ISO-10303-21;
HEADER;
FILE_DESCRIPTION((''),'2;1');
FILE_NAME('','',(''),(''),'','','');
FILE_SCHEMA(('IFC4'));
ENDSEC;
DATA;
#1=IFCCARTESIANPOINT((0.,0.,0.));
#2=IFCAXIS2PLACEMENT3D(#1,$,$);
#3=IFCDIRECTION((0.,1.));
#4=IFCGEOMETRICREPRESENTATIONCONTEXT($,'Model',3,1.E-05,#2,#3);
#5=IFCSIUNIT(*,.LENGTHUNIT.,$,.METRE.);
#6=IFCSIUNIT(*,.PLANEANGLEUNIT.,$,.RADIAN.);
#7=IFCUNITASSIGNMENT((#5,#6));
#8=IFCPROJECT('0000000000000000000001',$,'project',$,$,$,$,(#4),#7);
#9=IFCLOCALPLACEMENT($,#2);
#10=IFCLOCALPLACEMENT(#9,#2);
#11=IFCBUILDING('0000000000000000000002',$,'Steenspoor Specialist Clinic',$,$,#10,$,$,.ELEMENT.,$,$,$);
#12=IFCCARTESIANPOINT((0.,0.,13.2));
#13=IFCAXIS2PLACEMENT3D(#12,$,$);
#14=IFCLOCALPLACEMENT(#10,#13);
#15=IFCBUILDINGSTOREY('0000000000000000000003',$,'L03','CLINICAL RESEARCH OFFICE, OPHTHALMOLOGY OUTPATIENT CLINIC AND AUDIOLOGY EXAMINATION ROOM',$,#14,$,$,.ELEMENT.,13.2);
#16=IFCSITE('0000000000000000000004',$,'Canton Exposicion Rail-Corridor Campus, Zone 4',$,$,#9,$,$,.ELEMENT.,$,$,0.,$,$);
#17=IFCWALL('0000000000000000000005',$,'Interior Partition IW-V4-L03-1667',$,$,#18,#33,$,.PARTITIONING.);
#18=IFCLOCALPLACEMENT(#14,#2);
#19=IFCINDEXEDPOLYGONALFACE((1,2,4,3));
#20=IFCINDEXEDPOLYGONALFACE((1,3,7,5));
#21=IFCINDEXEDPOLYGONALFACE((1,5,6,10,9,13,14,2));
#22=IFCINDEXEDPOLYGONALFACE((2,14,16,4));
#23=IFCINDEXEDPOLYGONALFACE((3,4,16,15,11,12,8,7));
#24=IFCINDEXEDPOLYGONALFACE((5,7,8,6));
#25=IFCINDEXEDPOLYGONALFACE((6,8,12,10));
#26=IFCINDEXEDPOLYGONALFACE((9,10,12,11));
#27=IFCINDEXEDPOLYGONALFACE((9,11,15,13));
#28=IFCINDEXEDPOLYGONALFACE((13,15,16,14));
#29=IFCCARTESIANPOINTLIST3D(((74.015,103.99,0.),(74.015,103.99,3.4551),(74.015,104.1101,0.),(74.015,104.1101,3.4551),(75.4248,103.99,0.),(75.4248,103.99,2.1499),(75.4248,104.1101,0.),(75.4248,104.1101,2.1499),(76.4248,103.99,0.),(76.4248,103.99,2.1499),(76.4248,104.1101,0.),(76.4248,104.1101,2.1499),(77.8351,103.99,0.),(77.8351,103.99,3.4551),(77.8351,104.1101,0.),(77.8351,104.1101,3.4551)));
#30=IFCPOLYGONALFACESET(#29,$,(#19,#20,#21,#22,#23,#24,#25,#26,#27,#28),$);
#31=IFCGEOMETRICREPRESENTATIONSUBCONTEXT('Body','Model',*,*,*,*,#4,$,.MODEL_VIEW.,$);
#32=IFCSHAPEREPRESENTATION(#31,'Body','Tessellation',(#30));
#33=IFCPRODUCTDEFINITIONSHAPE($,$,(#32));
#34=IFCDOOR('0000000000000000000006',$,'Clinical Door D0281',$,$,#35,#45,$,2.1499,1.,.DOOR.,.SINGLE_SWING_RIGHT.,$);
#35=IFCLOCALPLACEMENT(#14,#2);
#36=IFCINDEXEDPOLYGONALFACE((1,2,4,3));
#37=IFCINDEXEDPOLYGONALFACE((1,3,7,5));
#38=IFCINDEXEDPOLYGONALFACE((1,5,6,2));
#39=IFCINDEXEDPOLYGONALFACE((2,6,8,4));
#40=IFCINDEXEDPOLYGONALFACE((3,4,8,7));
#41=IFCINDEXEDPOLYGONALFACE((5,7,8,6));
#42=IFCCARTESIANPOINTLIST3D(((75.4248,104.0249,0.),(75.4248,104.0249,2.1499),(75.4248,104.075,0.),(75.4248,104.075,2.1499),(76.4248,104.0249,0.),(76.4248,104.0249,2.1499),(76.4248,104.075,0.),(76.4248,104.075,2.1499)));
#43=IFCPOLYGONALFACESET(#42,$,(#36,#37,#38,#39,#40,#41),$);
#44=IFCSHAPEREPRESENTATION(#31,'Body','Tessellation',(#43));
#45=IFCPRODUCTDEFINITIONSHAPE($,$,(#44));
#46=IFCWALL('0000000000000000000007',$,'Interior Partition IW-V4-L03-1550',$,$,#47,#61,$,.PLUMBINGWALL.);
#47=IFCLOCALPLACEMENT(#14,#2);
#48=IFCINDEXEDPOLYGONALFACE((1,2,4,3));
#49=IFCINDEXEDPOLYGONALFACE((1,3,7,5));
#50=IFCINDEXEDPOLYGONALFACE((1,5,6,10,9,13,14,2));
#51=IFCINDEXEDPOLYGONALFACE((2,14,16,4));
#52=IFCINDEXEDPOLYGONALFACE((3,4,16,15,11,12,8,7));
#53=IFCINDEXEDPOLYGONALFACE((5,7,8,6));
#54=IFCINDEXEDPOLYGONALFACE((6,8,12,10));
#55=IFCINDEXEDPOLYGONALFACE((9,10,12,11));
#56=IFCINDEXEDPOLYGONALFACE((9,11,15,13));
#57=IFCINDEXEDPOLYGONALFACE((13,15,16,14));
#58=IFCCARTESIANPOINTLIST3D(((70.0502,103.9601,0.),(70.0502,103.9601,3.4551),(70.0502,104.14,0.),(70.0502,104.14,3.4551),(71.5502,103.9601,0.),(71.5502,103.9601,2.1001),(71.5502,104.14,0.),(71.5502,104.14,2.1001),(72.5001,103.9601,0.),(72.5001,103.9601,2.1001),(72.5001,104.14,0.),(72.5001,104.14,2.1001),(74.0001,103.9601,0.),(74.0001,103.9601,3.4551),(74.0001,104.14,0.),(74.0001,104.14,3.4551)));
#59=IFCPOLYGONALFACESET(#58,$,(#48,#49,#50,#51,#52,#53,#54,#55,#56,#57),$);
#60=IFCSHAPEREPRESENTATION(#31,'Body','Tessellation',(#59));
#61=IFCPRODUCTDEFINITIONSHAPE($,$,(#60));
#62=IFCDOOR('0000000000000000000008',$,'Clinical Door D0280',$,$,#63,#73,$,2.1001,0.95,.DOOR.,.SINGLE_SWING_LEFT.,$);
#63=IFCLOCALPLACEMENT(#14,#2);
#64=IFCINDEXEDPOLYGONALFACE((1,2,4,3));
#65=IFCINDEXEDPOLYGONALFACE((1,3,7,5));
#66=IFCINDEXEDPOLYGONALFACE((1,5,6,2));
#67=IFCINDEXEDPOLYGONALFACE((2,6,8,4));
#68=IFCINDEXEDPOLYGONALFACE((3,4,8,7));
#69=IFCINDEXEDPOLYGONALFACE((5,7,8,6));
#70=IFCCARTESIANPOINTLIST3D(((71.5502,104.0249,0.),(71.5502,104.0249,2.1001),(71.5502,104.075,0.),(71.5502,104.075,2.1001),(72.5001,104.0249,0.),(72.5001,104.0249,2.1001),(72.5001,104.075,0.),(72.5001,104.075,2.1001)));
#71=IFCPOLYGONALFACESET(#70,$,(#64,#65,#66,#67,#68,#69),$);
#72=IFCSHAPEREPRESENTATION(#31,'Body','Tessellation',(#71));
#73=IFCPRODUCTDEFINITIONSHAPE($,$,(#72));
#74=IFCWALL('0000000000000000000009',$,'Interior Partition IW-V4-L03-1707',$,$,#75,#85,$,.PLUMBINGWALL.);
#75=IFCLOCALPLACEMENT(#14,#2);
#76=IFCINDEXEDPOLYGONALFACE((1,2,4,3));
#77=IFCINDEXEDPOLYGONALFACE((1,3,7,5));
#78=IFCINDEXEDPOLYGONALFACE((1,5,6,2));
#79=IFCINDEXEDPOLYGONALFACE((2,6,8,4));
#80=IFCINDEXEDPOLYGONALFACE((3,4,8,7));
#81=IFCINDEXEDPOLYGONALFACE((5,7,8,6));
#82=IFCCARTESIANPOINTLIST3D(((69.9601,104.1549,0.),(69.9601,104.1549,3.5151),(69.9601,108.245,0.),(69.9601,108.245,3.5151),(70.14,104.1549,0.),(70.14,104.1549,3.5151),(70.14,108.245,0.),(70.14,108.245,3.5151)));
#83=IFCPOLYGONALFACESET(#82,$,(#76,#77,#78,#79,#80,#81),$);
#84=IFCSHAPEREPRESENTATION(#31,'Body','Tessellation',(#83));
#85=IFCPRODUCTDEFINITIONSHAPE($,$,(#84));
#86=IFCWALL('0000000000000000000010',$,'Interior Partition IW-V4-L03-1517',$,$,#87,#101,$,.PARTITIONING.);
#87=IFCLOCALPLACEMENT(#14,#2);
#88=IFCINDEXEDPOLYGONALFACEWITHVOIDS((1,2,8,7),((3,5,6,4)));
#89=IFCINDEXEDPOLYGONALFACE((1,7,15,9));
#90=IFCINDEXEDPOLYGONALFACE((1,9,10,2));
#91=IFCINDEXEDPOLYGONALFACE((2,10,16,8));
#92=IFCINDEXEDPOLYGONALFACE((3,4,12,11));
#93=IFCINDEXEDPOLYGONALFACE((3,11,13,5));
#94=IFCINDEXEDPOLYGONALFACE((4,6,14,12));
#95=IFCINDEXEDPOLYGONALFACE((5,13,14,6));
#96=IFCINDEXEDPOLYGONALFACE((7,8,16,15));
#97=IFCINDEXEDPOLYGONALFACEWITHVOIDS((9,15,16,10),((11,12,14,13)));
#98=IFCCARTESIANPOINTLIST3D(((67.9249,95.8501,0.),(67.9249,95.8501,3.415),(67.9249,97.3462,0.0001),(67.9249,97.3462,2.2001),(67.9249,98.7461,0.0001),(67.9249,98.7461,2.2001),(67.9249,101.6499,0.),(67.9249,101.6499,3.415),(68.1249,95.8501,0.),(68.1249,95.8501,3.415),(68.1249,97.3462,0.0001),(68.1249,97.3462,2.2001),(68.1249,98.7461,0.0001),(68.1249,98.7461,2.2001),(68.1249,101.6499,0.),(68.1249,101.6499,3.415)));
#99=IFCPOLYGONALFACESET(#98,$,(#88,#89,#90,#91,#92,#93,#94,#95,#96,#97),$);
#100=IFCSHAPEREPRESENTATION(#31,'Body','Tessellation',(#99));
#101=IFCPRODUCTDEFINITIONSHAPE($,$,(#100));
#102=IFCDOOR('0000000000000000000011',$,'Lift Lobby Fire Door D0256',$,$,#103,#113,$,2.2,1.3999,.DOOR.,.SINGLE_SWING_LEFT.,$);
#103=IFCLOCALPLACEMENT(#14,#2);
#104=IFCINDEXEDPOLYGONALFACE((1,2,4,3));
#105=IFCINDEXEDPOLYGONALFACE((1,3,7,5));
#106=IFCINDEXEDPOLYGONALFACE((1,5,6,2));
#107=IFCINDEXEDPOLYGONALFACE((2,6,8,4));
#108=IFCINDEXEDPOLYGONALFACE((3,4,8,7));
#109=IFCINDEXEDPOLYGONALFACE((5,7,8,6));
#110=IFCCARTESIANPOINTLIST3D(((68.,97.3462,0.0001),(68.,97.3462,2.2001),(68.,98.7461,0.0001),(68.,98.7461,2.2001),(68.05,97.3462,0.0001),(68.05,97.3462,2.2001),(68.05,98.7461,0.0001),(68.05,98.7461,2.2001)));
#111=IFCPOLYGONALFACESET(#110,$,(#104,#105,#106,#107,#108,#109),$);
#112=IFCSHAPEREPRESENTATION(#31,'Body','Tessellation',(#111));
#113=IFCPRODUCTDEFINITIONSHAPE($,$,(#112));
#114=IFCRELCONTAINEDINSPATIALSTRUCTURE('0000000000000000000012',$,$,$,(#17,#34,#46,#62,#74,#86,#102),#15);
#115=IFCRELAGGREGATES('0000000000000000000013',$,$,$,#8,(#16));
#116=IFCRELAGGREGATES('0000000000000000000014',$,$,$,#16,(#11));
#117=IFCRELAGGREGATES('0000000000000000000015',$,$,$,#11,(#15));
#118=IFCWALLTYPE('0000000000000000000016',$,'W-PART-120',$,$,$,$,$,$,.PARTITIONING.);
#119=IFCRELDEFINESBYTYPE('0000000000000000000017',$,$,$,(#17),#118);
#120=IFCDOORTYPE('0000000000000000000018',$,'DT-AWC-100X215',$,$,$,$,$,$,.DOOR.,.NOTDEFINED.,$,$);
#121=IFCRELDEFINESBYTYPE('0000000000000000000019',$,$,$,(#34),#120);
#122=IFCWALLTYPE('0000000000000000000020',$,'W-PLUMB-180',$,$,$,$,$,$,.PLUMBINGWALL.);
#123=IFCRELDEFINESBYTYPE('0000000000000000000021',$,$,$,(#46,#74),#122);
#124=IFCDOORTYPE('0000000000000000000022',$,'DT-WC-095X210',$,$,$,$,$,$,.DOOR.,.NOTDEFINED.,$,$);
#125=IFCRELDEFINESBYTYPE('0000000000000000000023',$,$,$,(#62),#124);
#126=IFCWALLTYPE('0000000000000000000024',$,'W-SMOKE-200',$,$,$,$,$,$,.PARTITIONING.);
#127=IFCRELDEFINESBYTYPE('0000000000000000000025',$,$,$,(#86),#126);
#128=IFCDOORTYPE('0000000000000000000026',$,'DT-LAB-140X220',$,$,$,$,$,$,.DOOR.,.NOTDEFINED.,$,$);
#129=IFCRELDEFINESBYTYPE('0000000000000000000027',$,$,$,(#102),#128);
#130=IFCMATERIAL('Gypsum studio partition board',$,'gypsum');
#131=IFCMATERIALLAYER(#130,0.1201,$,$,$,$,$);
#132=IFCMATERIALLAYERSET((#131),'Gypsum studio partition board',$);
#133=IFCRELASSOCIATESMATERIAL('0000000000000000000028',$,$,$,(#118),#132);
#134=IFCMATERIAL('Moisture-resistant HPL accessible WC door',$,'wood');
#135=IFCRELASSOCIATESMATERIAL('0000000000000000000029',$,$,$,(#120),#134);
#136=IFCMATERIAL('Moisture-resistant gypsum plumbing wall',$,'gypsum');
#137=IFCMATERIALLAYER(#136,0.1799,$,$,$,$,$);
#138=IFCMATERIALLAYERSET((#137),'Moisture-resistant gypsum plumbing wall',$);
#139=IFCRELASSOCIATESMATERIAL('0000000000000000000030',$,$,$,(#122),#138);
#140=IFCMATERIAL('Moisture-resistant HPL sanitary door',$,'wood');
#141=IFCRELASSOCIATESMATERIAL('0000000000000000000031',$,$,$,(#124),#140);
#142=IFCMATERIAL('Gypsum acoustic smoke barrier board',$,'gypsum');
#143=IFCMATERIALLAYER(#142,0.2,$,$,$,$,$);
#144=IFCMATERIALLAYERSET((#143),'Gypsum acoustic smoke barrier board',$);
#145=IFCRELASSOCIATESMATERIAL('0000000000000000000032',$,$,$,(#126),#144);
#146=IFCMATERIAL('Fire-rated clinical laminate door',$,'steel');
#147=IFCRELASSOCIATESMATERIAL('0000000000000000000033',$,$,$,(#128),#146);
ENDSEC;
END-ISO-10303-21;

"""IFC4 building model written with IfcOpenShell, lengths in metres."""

from ifc_helpers import new_model, si_unit, direction, frame, frame_2d, origin, place, context, subcontext, project, spatial, rectangle, extrude, material, layer, layer_set, type_object, element, fill, save


model = new_model("IFC4")

# Units and contexts
model_context = context("Model", 3, precision=1e-05, world=origin(), true_north=direction((0.0, 1.0)))
body_context = subcontext(model_context, "Body", "Model", "MODEL_VIEW")
ifc_project = project(units=[si_unit("LENGTHUNIT", "METRE"), si_unit("PLANEANGLEUNIT", "RADIAN")], contexts=[model_context])

# Site, building, storey
site_placement = place(None, origin())
site = spatial("IfcSite", under=ifc_project, at=site_placement, Name="Canton Exposicion Rail-Corridor Campus, Zone 4", CompositionType="ELEMENT", RefElevation=0.0)
building_placement = place(site_placement, origin())
building = spatial("IfcBuilding", under=site, at=building_placement, Name="Steenspoor Specialist Clinic", CompositionType="ELEMENT")
storey_placement = place(building_placement, frame((0.0, 0.0, 13.2)))
storey = spatial("IfcBuildingStorey", under=building, at=storey_placement, Name="L03", Description="CLINICAL RESEARCH OFFICE, OPHTHALMOLOGY OUTPATIENT CLINIC AND AUDIOLOGY EXAMINATION ROOM", CompositionType="ELEMENT", Elevation=13.2)

# Shared definitions
ifc_material_1 = material(Name="Gypsum studio partition board", Category="gypsum")
ifc_layer_1 = layer(ifc_material_1, 0.1201)
ifc_layer_set_1 = layer_set([ifc_layer_1], Name="Gypsum studio partition board")
wall_type_1 = type_object("IfcWallType", Name="W-PART-120", PredefinedType="PARTITIONING", material=ifc_layer_set_1)

# Walls, openings, doors
wall_1_placement = place(storey_placement, frame((74.0149, 104.05, 0.0), z_axis=(0.0, 0.0, 1.0), x_axis=(1.0, 0.0, 0.0)))
wall_1 = element("IfcWall", 1, at=wall_1_placement, inside=storey, type_object=wall_type_1, Name="Interior Partition IW-V4-L03-1667", PredefinedType="PARTITIONING", context=body_context, shape_type="SweptSolid", body=[
    extrude(rectangle(XDim=3.8201, YDim=0.1201, at=frame_2d((1.9102, 0.0))), origin(), (0.0, 0.0, 1.0), 3.4551),
])
opening_1_placement = place(wall_1_placement, frame((1.4099, 0.0, 0.0)))
opening_1 = element("IfcOpeningElement", 2, at=opening_1_placement, cuts=wall_1, PredefinedType="OPENING", context=body_context, shape_type="SweptSolid", body=[
    extrude(rectangle(XDim=1.0, YDim=2.1499, at=frame_2d((0.5, 1.075))), frame((0.0, 0.0701, 0.0), z_axis=(0.0, -1.0, 0.0), x_axis=(1.0, 0.0, 0.0)), (0.0, 0.0, 1.0), 0.1401),
])
ifc_material_2 = material(Name="Moisture-resistant HPL accessible WC door", Category="wood")
door_type_1 = type_object("IfcDoorType", Name="DT-AWC-100X215", OperationType="NOTDEFINED", PredefinedType="DOOR", material=ifc_material_2)
door_1_placement = place(opening_1_placement, origin())
door_1 = element("IfcDoor", 3, at=door_1_placement, inside=storey, type_object=door_type_1, Name="Clinical Door D0281", OperationType="SINGLE_SWING_RIGHT", OverallHeight=2.1499, OverallWidth=1.0, PredefinedType="DOOR", context=body_context, shape_type="SweptSolid", body=[
    extrude(rectangle(XDim=1.0, YDim=2.1499, at=frame_2d((0.5, 1.075))), frame((0.0, 0.0249, 0.0), z_axis=(0.0, -1.0, 0.0), x_axis=(1.0, 0.0, 0.0)), (0.0, 0.0, 1.0), 0.05),
])
fill(opening_1, door_1)
ifc_material_3 = material(Name="Moisture-resistant gypsum plumbing wall", Category="gypsum")
ifc_layer_2 = layer(ifc_material_3, 0.1799)
ifc_layer_set_2 = layer_set([ifc_layer_2], Name="Moisture-resistant gypsum plumbing wall")
wall_type_2 = type_object("IfcWallType", Name="W-PLUMB-180", PredefinedType="PLUMBINGWALL", material=ifc_layer_set_2)
wall_2_placement = place(storey_placement, frame((70.05, 104.05, 0.0), z_axis=(0.0, 0.0, 1.0), x_axis=(1.0, 0.0, 0.0)))
wall_2 = element("IfcWall", 4, at=wall_2_placement, inside=storey, type_object=wall_type_2, Name="Interior Partition IW-V4-L03-1550", PredefinedType="PLUMBINGWALL", context=body_context, shape_type="SweptSolid", body=[
    extrude(rectangle(XDim=3.95, YDim=0.1799, at=frame_2d((1.9751, 0.0))), origin(), (0.0, 0.0, 1.0), 3.4551),
])
opening_2_placement = place(wall_2_placement, frame((1.5, 0.0, 0.0)))
opening_2 = element("IfcOpeningElement", 5, at=opening_2_placement, cuts=wall_2, PredefinedType="OPENING", context=body_context, shape_type="SweptSolid", body=[
    extrude(rectangle(XDim=0.95, YDim=2.1001, at=frame_2d((0.4751, 1.05))), frame((0.0, 0.1001, 0.0), z_axis=(0.0, -1.0, 0.0), x_axis=(1.0, 0.0, 0.0)), (0.0, 0.0, 1.0), 0.2),
])
ifc_material_4 = material(Name="Moisture-resistant HPL sanitary door", Category="wood")
door_type_2 = type_object("IfcDoorType", Name="DT-WC-095X210", OperationType="NOTDEFINED", PredefinedType="DOOR", material=ifc_material_4)
door_2_placement = place(opening_2_placement, origin())
door_2 = element("IfcDoor", 6, at=door_2_placement, inside=storey, type_object=door_type_2, Name="Clinical Door D0280", OperationType="SINGLE_SWING_LEFT", OverallHeight=2.1001, OverallWidth=0.95, PredefinedType="DOOR", context=body_context, shape_type="SweptSolid", body=[
    extrude(rectangle(XDim=0.95, YDim=2.1001, at=frame_2d((0.4751, 1.05))), frame((0.0, 0.0249, 0.0), z_axis=(0.0, -1.0, 0.0), x_axis=(1.0, 0.0, 0.0)), (0.0, 0.0, 1.0), 0.05),
])
fill(opening_2, door_2)

# Wall
wall_3_placement = place(storey_placement, frame((70.05, 104.155, 0.0), z_axis=(0.0, 0.0, 1.0), x_axis=(0.0, 1.0, 0.0)))
element("IfcWall", 7, at=wall_3_placement, inside=storey, type_object=wall_type_2, Name="Interior Partition IW-V4-L03-1707", PredefinedType="PLUMBINGWALL", context=body_context, shape_type="SweptSolid", body=[
    extrude(rectangle(XDim=4.0901, YDim=0.1799, at=frame_2d((2.0449, 0.0))), origin(), (0.0, 0.0, 1.0), 3.5151),
])

# Wall, opening, door
ifc_material_5 = material(Name="Gypsum acoustic smoke barrier board", Category="gypsum")
ifc_layer_3 = layer(ifc_material_5, 0.2)
ifc_layer_set_3 = layer_set([ifc_layer_3], Name="Gypsum acoustic smoke barrier board")
wall_type_3 = type_object("IfcWallType", Name="W-SMOKE-200", PredefinedType="PARTITIONING", material=ifc_layer_set_3)
wall_4_placement = place(storey_placement, frame((68.0249, 95.8501, 0.0), z_axis=(0.0, 0.0, 1.0), x_axis=(0.0, 1.0, 0.0)))
wall_4 = element("IfcWall", 8, at=wall_4_placement, inside=storey, type_object=wall_type_3, Name="Interior Partition IW-V4-L03-1517", PredefinedType="PARTITIONING", context=body_context, shape_type="SweptSolid", body=[
    extrude(rectangle(XDim=5.7998, YDim=0.2, at=frame_2d((2.8999, 0.0))), origin(), (0.0, 0.0, 1.0), 3.415),
])
opening_3_placement = place(wall_4_placement, frame((1.4961, 0.0, 0.0)))
opening_3 = element("IfcOpeningElement", 9, at=opening_3_placement, cuts=wall_4, PredefinedType="OPENING", context=body_context, shape_type="SweptSolid", body=[
    extrude(rectangle(XDim=1.3999, YDim=2.2, at=frame_2d((0.7, 1.1001))), frame((0.0, 0.1099, 0.0), z_axis=(0.0, -1.0, 0.0), x_axis=(1.0, 0.0, 0.0)), (0.0, 0.0, 1.0), 0.22),
])
ifc_material_6 = material(Name="Fire-rated clinical laminate door", Category="steel")
door_type_3 = type_object("IfcDoorType", Name="DT-LAB-140X220", OperationType="NOTDEFINED", PredefinedType="DOOR", material=ifc_material_6)
door_3_placement = place(opening_3_placement, origin())
door_3 = element("IfcDoor", 10, at=door_3_placement, inside=storey, type_object=door_type_3, Name="Lift Lobby Fire Door D0256", OperationType="SINGLE_SWING_LEFT", OverallHeight=2.2, OverallWidth=1.3999, PredefinedType="DOOR", context=body_context, shape_type="SweptSolid", body=[
    extrude(rectangle(XDim=1.3999, YDim=2.2, at=frame_2d((0.7, 1.1001))), frame((0.0, 0.0249, 0.0), z_axis=(0.0, -1.0, 0.0), x_axis=(1.0, 0.0, 0.0)), (0.0, 0.0, 1.0), 0.05),
])
fill(opening_3, door_3)

save(model, "model.ifc")
